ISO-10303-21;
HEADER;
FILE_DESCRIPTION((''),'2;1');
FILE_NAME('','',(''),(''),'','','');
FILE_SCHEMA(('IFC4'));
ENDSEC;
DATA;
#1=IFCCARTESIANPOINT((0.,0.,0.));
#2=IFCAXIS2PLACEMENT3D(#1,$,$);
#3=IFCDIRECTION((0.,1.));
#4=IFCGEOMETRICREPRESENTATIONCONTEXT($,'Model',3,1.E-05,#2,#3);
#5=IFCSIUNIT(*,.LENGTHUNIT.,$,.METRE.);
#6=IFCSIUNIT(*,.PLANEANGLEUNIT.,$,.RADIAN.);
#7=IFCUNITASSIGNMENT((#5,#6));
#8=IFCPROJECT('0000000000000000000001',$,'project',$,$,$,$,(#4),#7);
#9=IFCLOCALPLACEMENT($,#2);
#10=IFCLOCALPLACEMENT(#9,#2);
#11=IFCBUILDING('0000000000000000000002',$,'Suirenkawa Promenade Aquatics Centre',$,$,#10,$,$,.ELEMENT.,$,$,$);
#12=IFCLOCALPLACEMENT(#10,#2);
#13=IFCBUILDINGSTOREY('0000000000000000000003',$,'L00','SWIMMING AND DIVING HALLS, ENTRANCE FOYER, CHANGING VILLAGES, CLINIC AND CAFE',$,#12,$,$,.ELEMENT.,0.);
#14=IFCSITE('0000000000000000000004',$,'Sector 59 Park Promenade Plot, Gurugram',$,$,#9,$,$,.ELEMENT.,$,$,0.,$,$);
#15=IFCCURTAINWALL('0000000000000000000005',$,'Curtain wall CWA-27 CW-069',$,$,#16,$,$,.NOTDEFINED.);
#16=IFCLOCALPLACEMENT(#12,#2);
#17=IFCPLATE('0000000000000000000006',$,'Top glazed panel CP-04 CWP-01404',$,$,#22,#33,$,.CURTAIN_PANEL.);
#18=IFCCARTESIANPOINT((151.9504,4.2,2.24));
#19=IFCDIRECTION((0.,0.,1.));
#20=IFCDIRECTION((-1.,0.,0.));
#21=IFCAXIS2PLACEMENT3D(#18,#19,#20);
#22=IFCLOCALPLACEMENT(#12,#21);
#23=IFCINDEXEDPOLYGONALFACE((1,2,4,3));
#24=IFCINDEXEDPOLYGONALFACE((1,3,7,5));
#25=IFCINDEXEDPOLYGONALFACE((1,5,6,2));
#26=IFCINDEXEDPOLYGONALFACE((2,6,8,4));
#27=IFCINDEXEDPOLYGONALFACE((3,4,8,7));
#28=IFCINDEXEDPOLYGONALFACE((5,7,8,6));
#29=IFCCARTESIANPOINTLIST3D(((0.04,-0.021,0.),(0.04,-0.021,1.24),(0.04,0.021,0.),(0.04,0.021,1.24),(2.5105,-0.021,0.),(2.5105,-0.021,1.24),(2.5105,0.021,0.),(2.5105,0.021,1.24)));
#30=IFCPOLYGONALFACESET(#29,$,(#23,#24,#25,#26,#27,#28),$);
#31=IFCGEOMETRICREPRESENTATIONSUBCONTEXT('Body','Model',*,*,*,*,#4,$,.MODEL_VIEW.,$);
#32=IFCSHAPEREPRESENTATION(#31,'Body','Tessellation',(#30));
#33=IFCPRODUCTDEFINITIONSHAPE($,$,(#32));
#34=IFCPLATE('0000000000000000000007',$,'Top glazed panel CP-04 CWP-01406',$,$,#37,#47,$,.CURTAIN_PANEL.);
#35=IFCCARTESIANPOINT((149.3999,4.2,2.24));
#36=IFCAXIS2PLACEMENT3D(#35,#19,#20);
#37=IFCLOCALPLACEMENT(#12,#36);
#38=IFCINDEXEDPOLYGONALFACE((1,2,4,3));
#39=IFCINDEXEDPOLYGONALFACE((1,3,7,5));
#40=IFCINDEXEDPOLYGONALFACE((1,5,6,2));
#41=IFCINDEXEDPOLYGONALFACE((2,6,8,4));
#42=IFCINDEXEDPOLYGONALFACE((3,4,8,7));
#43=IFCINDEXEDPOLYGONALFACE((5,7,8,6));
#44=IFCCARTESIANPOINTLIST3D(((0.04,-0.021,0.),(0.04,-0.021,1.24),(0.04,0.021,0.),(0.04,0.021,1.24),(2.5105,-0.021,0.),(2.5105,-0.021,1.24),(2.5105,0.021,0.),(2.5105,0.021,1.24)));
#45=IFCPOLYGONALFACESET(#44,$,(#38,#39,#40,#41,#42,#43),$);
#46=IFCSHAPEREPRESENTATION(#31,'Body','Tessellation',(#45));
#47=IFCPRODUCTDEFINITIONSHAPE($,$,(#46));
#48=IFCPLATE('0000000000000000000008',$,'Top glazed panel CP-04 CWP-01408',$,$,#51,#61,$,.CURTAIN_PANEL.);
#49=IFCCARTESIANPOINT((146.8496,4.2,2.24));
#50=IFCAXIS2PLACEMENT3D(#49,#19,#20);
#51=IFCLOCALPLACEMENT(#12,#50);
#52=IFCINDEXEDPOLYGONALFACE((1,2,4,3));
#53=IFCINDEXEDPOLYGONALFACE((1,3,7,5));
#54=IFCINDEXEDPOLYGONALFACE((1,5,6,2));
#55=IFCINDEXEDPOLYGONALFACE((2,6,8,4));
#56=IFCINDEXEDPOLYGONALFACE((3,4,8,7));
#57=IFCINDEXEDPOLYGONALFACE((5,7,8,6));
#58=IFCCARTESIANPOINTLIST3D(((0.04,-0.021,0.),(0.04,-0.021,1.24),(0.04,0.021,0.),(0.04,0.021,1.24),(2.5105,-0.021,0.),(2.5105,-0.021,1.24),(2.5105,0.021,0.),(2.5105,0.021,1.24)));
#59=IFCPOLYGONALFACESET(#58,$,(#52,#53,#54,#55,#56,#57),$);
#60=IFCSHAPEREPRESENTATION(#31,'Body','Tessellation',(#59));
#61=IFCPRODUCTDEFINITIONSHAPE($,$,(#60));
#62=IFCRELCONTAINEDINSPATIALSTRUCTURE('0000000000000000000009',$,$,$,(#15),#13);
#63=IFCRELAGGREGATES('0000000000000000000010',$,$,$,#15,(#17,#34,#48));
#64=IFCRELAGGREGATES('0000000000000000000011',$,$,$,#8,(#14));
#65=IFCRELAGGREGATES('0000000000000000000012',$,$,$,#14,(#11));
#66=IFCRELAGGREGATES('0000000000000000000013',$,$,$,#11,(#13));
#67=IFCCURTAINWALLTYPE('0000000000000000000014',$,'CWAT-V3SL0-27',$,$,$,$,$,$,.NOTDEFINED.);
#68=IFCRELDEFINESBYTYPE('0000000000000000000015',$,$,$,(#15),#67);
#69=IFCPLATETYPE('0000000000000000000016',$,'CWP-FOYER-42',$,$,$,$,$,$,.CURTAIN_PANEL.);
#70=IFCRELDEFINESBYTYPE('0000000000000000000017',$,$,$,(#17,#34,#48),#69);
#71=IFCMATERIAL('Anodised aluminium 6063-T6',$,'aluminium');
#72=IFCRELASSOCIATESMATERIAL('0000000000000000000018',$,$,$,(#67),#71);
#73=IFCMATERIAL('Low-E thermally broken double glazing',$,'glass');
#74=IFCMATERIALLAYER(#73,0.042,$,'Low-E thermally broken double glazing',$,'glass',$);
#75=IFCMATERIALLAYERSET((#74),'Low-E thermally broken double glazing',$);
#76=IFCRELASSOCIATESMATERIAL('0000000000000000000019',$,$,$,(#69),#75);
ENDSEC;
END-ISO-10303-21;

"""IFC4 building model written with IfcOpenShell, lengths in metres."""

from ifc_helpers import new_model, si_unit, direction, frame, origin, place, context, subcontext, project, spatial, polyline, outline, extrude, material, layer, layer_set, type_object, element, aggregate, save


model = new_model("IFC4")

# Units and contexts
model_context = context("Model", 3, precision=1e-05, world=origin(), true_north=direction((0.0, 1.0)))
body_context = subcontext(model_context, "Body", "Model", "MODEL_VIEW")
ifc_project = project(units=[si_unit("LENGTHUNIT", "METRE"), si_unit("PLANEANGLEUNIT", "RADIAN")], contexts=[model_context])

# Site, building, storey
site_placement = place(None, origin())
site = spatial("IfcSite", under=ifc_project, at=site_placement, Name="Sector 59 Park Promenade Plot, Gurugram", CompositionType="ELEMENT", RefElevation=0.0)
building_placement = place(site_placement, origin())
building = spatial("IfcBuilding", under=site, at=building_placement, Name="Suirenkawa Promenade Aquatics Centre", CompositionType="ELEMENT")
storey_placement = place(building_placement, origin())
storey = spatial("IfcBuildingStorey", under=building, at=storey_placement, Name="L00", Description="SWIMMING AND DIVING HALLS, ENTRANCE FOYER, CHANGING VILLAGES, CLINIC AND CAFE", CompositionType="ELEMENT", Elevation=0.0)

# Curtain wall, plates
ifc_material_1 = material(Name="Anodised aluminium 6063-T6", Category="aluminium")
curtain_wall_type = type_object("IfcCurtainWallType", Name="CWAT-V3SL0-27", PredefinedType="NOTDEFINED", material=ifc_material_1)
curtain_wall_placement = place(storey_placement, origin())
curtain_wall = element("IfcCurtainWall", 1, at=curtain_wall_placement, inside=storey, type_object=curtain_wall_type, Name="Curtain wall CWA-27 CW-069", PredefinedType="NOTDEFINED")
ifc_material_2 = material(Name="Low-E thermally broken double glazing", Category="glass")
ifc_layer_1 = layer(ifc_material_2, 0.042, Name="Low-E thermally broken double glazing", Category="glass")
ifc_layer_set_1 = layer_set([ifc_layer_1], Name="Low-E thermally broken double glazing")
plate_type = type_object("IfcPlateType", Name="CWP-FOYER-42", PredefinedType="CURTAIN_PANEL", material=ifc_layer_set_1)
plate_1_placement = place(storey_placement, frame((151.9504, 4.2, 2.24), z_axis=(0.0, 0.0, 1.0), x_axis=(-1.0, 0.0, 0.0)))
plate_1 = element("IfcPlate", 2, at=plate_1_placement, type_object=plate_type, Name="Top glazed panel CP-04 CWP-01404", PredefinedType="CURTAIN_PANEL", context=body_context, shape_type="SweptSolid", body=[
    extrude(outline(polyline([(0.04, 0.0), (2.5105, 0.0), (2.5105, 1.24), (0.04, 1.24), (0.04, 0.0)])), frame((0.0, 0.021, 0.0), z_axis=(0.0, -1.0, 0.0), x_axis=(1.0, 0.0, 0.0)), (0.0, 0.0, 1.0), 0.042),
])
plate_2_placement = place(storey_placement, frame((149.3999, 4.2, 2.24), z_axis=(0.0, 0.0, 1.0), x_axis=(-1.0, 0.0, 0.0)))
plate_2 = element("IfcPlate", 3, at=plate_2_placement, type_object=plate_type, Name="Top glazed panel CP-04 CWP-01406", PredefinedType="CURTAIN_PANEL", context=body_context, shape_type="SweptSolid", body=[
    extrude(outline(polyline([(0.04, 0.0), (2.5105, 0.0), (2.5105, 1.24), (0.04, 1.24), (0.04, 0.0)])), frame((0.0, 0.021, 0.0), z_axis=(0.0, -1.0, 0.0), x_axis=(1.0, 0.0, 0.0)), (0.0, 0.0, 1.0), 0.042),
])
plate_3_placement = place(storey_placement, frame((146.8496, 4.2, 2.24), z_axis=(0.0, 0.0, 1.0), x_axis=(-1.0, 0.0, 0.0)))
plate_3 = element("IfcPlate", 4, at=plate_3_placement, type_object=plate_type, Name="Top glazed panel CP-04 CWP-01408", PredefinedType="CURTAIN_PANEL", context=body_context, shape_type="SweptSolid", body=[
    extrude(outline(polyline([(0.04, 0.0), (2.5105, 0.0), (2.5105, 1.24), (0.04, 1.24), (0.04, 0.0)])), frame((0.0, 0.021, 0.0), z_axis=(0.0, -1.0, 0.0), x_axis=(1.0, 0.0, 0.0)), (0.0, 0.0, 1.0), 0.042),
])
aggregate(curtain_wall, [plate_1, plate_2, plate_3])

save(model, "model.ifc")
